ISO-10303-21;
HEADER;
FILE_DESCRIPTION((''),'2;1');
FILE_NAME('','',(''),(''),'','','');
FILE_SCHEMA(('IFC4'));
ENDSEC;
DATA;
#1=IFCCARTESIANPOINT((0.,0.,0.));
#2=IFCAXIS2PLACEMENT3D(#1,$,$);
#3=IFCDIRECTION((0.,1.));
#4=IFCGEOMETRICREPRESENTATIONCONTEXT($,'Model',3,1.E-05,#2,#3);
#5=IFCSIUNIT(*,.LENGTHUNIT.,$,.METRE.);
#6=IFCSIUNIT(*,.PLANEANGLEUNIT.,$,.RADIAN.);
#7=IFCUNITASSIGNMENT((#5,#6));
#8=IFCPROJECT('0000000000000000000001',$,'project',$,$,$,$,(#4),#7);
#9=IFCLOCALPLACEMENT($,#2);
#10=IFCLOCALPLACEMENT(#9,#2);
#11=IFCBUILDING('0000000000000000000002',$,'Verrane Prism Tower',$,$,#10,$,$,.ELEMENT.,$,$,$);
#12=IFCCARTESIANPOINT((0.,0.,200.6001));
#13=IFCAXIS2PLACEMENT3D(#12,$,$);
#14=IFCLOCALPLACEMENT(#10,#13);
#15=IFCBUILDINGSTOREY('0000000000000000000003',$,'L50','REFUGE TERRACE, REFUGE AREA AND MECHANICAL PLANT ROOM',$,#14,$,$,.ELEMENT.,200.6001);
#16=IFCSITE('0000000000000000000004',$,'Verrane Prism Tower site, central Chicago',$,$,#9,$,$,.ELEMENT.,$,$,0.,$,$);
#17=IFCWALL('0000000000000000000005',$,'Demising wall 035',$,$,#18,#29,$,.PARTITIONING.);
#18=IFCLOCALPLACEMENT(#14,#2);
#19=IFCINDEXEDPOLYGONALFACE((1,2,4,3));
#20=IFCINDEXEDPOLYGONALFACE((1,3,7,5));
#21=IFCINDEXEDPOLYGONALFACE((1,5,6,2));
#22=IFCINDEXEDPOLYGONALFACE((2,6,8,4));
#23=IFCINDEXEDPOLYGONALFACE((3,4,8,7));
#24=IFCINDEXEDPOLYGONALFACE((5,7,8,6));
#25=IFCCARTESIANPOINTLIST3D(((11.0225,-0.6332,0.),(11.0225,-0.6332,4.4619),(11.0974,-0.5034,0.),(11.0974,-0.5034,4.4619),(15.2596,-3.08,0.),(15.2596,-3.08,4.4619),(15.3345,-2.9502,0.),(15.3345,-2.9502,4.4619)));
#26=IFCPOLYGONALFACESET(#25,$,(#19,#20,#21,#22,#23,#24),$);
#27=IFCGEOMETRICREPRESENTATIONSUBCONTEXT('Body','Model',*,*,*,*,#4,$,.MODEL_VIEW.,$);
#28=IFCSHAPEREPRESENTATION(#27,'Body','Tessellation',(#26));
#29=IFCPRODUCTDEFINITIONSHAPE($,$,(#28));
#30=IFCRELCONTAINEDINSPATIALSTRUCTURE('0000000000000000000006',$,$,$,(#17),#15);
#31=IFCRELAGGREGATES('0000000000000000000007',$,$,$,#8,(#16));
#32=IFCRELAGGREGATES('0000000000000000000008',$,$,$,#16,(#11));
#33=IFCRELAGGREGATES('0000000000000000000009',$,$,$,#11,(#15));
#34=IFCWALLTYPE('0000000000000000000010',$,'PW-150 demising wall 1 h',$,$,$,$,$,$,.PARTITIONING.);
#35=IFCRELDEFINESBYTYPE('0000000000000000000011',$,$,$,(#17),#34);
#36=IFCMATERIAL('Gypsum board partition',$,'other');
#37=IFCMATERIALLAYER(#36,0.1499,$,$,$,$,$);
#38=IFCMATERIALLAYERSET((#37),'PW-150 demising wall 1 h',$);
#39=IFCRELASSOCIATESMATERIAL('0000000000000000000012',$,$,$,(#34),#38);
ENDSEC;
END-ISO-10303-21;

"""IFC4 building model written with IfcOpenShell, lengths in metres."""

from ifc_helpers import new_model, si_unit, direction, frame, frame_2d, origin, place, context, subcontext, project, spatial, rectangle, extrude, material, layer, layer_set, type_object, element, save


model = new_model("IFC4")

# Units and contexts
model_context = context("Model", 3, precision=1e-05, world=origin(), true_north=direction((0.0, 1.0)))
body_context = subcontext(model_context, "Body", "Model", "MODEL_VIEW")
ifc_project = project(units=[si_unit("LENGTHUNIT", "METRE"), si_unit("PLANEANGLEUNIT", "RADIAN")], contexts=[model_context])

# Site, building, storey
site_placement = place(None, origin())
site = spatial("IfcSite", under=ifc_project, at=site_placement, Name="Verrane Prism Tower site, central Chicago", CompositionType="ELEMENT", RefElevation=0.0)
building_placement = place(site_placement, origin())
building = spatial("IfcBuilding", under=site, at=building_placement, Name="Verrane Prism Tower", CompositionType="ELEMENT")
storey_placement = place(building_placement, frame((0.0, 0.0, 200.6001)))
storey = spatial("IfcBuildingStorey", under=building, at=storey_placement, Name="L50", Description="REFUGE TERRACE, REFUGE AREA AND MECHANICAL PLANT ROOM", CompositionType="ELEMENT", Elevation=200.6001)

# Wall
ifc_material_1 = material(Name="Gypsum board partition", Category="other")
ifc_layer_1 = layer(ifc_material_1, 0.1499)
ifc_layer_set_1 = layer_set([ifc_layer_1], Name="PW-150 demising wall 1 h")
wall_type_1 = type_object("IfcWallType", Name="PW-150 demising wall 1 h", PredefinedType="PARTITIONING", material=ifc_layer_set_1)
wall_1_placement = place(storey_placement, frame((11.0601, -0.5684, 0.0), z_axis=(0.0, 0.0, 1.0), x_axis=(0.86598, -0.500078, 0.0)))
element("IfcWall", 1, at=wall_1_placement, inside=storey, type_object=wall_type_1, Name="Demising wall 035", PredefinedType="PARTITIONING", context=body_context, shape_type="SweptSolid", body=[
    extrude(rectangle(XDim=4.8928, YDim=0.1499, at=frame_2d((2.4463, 0.0))), origin(), (0.0, 0.0, 1.0), 4.4619),
])

save(model, "model.ifc")
